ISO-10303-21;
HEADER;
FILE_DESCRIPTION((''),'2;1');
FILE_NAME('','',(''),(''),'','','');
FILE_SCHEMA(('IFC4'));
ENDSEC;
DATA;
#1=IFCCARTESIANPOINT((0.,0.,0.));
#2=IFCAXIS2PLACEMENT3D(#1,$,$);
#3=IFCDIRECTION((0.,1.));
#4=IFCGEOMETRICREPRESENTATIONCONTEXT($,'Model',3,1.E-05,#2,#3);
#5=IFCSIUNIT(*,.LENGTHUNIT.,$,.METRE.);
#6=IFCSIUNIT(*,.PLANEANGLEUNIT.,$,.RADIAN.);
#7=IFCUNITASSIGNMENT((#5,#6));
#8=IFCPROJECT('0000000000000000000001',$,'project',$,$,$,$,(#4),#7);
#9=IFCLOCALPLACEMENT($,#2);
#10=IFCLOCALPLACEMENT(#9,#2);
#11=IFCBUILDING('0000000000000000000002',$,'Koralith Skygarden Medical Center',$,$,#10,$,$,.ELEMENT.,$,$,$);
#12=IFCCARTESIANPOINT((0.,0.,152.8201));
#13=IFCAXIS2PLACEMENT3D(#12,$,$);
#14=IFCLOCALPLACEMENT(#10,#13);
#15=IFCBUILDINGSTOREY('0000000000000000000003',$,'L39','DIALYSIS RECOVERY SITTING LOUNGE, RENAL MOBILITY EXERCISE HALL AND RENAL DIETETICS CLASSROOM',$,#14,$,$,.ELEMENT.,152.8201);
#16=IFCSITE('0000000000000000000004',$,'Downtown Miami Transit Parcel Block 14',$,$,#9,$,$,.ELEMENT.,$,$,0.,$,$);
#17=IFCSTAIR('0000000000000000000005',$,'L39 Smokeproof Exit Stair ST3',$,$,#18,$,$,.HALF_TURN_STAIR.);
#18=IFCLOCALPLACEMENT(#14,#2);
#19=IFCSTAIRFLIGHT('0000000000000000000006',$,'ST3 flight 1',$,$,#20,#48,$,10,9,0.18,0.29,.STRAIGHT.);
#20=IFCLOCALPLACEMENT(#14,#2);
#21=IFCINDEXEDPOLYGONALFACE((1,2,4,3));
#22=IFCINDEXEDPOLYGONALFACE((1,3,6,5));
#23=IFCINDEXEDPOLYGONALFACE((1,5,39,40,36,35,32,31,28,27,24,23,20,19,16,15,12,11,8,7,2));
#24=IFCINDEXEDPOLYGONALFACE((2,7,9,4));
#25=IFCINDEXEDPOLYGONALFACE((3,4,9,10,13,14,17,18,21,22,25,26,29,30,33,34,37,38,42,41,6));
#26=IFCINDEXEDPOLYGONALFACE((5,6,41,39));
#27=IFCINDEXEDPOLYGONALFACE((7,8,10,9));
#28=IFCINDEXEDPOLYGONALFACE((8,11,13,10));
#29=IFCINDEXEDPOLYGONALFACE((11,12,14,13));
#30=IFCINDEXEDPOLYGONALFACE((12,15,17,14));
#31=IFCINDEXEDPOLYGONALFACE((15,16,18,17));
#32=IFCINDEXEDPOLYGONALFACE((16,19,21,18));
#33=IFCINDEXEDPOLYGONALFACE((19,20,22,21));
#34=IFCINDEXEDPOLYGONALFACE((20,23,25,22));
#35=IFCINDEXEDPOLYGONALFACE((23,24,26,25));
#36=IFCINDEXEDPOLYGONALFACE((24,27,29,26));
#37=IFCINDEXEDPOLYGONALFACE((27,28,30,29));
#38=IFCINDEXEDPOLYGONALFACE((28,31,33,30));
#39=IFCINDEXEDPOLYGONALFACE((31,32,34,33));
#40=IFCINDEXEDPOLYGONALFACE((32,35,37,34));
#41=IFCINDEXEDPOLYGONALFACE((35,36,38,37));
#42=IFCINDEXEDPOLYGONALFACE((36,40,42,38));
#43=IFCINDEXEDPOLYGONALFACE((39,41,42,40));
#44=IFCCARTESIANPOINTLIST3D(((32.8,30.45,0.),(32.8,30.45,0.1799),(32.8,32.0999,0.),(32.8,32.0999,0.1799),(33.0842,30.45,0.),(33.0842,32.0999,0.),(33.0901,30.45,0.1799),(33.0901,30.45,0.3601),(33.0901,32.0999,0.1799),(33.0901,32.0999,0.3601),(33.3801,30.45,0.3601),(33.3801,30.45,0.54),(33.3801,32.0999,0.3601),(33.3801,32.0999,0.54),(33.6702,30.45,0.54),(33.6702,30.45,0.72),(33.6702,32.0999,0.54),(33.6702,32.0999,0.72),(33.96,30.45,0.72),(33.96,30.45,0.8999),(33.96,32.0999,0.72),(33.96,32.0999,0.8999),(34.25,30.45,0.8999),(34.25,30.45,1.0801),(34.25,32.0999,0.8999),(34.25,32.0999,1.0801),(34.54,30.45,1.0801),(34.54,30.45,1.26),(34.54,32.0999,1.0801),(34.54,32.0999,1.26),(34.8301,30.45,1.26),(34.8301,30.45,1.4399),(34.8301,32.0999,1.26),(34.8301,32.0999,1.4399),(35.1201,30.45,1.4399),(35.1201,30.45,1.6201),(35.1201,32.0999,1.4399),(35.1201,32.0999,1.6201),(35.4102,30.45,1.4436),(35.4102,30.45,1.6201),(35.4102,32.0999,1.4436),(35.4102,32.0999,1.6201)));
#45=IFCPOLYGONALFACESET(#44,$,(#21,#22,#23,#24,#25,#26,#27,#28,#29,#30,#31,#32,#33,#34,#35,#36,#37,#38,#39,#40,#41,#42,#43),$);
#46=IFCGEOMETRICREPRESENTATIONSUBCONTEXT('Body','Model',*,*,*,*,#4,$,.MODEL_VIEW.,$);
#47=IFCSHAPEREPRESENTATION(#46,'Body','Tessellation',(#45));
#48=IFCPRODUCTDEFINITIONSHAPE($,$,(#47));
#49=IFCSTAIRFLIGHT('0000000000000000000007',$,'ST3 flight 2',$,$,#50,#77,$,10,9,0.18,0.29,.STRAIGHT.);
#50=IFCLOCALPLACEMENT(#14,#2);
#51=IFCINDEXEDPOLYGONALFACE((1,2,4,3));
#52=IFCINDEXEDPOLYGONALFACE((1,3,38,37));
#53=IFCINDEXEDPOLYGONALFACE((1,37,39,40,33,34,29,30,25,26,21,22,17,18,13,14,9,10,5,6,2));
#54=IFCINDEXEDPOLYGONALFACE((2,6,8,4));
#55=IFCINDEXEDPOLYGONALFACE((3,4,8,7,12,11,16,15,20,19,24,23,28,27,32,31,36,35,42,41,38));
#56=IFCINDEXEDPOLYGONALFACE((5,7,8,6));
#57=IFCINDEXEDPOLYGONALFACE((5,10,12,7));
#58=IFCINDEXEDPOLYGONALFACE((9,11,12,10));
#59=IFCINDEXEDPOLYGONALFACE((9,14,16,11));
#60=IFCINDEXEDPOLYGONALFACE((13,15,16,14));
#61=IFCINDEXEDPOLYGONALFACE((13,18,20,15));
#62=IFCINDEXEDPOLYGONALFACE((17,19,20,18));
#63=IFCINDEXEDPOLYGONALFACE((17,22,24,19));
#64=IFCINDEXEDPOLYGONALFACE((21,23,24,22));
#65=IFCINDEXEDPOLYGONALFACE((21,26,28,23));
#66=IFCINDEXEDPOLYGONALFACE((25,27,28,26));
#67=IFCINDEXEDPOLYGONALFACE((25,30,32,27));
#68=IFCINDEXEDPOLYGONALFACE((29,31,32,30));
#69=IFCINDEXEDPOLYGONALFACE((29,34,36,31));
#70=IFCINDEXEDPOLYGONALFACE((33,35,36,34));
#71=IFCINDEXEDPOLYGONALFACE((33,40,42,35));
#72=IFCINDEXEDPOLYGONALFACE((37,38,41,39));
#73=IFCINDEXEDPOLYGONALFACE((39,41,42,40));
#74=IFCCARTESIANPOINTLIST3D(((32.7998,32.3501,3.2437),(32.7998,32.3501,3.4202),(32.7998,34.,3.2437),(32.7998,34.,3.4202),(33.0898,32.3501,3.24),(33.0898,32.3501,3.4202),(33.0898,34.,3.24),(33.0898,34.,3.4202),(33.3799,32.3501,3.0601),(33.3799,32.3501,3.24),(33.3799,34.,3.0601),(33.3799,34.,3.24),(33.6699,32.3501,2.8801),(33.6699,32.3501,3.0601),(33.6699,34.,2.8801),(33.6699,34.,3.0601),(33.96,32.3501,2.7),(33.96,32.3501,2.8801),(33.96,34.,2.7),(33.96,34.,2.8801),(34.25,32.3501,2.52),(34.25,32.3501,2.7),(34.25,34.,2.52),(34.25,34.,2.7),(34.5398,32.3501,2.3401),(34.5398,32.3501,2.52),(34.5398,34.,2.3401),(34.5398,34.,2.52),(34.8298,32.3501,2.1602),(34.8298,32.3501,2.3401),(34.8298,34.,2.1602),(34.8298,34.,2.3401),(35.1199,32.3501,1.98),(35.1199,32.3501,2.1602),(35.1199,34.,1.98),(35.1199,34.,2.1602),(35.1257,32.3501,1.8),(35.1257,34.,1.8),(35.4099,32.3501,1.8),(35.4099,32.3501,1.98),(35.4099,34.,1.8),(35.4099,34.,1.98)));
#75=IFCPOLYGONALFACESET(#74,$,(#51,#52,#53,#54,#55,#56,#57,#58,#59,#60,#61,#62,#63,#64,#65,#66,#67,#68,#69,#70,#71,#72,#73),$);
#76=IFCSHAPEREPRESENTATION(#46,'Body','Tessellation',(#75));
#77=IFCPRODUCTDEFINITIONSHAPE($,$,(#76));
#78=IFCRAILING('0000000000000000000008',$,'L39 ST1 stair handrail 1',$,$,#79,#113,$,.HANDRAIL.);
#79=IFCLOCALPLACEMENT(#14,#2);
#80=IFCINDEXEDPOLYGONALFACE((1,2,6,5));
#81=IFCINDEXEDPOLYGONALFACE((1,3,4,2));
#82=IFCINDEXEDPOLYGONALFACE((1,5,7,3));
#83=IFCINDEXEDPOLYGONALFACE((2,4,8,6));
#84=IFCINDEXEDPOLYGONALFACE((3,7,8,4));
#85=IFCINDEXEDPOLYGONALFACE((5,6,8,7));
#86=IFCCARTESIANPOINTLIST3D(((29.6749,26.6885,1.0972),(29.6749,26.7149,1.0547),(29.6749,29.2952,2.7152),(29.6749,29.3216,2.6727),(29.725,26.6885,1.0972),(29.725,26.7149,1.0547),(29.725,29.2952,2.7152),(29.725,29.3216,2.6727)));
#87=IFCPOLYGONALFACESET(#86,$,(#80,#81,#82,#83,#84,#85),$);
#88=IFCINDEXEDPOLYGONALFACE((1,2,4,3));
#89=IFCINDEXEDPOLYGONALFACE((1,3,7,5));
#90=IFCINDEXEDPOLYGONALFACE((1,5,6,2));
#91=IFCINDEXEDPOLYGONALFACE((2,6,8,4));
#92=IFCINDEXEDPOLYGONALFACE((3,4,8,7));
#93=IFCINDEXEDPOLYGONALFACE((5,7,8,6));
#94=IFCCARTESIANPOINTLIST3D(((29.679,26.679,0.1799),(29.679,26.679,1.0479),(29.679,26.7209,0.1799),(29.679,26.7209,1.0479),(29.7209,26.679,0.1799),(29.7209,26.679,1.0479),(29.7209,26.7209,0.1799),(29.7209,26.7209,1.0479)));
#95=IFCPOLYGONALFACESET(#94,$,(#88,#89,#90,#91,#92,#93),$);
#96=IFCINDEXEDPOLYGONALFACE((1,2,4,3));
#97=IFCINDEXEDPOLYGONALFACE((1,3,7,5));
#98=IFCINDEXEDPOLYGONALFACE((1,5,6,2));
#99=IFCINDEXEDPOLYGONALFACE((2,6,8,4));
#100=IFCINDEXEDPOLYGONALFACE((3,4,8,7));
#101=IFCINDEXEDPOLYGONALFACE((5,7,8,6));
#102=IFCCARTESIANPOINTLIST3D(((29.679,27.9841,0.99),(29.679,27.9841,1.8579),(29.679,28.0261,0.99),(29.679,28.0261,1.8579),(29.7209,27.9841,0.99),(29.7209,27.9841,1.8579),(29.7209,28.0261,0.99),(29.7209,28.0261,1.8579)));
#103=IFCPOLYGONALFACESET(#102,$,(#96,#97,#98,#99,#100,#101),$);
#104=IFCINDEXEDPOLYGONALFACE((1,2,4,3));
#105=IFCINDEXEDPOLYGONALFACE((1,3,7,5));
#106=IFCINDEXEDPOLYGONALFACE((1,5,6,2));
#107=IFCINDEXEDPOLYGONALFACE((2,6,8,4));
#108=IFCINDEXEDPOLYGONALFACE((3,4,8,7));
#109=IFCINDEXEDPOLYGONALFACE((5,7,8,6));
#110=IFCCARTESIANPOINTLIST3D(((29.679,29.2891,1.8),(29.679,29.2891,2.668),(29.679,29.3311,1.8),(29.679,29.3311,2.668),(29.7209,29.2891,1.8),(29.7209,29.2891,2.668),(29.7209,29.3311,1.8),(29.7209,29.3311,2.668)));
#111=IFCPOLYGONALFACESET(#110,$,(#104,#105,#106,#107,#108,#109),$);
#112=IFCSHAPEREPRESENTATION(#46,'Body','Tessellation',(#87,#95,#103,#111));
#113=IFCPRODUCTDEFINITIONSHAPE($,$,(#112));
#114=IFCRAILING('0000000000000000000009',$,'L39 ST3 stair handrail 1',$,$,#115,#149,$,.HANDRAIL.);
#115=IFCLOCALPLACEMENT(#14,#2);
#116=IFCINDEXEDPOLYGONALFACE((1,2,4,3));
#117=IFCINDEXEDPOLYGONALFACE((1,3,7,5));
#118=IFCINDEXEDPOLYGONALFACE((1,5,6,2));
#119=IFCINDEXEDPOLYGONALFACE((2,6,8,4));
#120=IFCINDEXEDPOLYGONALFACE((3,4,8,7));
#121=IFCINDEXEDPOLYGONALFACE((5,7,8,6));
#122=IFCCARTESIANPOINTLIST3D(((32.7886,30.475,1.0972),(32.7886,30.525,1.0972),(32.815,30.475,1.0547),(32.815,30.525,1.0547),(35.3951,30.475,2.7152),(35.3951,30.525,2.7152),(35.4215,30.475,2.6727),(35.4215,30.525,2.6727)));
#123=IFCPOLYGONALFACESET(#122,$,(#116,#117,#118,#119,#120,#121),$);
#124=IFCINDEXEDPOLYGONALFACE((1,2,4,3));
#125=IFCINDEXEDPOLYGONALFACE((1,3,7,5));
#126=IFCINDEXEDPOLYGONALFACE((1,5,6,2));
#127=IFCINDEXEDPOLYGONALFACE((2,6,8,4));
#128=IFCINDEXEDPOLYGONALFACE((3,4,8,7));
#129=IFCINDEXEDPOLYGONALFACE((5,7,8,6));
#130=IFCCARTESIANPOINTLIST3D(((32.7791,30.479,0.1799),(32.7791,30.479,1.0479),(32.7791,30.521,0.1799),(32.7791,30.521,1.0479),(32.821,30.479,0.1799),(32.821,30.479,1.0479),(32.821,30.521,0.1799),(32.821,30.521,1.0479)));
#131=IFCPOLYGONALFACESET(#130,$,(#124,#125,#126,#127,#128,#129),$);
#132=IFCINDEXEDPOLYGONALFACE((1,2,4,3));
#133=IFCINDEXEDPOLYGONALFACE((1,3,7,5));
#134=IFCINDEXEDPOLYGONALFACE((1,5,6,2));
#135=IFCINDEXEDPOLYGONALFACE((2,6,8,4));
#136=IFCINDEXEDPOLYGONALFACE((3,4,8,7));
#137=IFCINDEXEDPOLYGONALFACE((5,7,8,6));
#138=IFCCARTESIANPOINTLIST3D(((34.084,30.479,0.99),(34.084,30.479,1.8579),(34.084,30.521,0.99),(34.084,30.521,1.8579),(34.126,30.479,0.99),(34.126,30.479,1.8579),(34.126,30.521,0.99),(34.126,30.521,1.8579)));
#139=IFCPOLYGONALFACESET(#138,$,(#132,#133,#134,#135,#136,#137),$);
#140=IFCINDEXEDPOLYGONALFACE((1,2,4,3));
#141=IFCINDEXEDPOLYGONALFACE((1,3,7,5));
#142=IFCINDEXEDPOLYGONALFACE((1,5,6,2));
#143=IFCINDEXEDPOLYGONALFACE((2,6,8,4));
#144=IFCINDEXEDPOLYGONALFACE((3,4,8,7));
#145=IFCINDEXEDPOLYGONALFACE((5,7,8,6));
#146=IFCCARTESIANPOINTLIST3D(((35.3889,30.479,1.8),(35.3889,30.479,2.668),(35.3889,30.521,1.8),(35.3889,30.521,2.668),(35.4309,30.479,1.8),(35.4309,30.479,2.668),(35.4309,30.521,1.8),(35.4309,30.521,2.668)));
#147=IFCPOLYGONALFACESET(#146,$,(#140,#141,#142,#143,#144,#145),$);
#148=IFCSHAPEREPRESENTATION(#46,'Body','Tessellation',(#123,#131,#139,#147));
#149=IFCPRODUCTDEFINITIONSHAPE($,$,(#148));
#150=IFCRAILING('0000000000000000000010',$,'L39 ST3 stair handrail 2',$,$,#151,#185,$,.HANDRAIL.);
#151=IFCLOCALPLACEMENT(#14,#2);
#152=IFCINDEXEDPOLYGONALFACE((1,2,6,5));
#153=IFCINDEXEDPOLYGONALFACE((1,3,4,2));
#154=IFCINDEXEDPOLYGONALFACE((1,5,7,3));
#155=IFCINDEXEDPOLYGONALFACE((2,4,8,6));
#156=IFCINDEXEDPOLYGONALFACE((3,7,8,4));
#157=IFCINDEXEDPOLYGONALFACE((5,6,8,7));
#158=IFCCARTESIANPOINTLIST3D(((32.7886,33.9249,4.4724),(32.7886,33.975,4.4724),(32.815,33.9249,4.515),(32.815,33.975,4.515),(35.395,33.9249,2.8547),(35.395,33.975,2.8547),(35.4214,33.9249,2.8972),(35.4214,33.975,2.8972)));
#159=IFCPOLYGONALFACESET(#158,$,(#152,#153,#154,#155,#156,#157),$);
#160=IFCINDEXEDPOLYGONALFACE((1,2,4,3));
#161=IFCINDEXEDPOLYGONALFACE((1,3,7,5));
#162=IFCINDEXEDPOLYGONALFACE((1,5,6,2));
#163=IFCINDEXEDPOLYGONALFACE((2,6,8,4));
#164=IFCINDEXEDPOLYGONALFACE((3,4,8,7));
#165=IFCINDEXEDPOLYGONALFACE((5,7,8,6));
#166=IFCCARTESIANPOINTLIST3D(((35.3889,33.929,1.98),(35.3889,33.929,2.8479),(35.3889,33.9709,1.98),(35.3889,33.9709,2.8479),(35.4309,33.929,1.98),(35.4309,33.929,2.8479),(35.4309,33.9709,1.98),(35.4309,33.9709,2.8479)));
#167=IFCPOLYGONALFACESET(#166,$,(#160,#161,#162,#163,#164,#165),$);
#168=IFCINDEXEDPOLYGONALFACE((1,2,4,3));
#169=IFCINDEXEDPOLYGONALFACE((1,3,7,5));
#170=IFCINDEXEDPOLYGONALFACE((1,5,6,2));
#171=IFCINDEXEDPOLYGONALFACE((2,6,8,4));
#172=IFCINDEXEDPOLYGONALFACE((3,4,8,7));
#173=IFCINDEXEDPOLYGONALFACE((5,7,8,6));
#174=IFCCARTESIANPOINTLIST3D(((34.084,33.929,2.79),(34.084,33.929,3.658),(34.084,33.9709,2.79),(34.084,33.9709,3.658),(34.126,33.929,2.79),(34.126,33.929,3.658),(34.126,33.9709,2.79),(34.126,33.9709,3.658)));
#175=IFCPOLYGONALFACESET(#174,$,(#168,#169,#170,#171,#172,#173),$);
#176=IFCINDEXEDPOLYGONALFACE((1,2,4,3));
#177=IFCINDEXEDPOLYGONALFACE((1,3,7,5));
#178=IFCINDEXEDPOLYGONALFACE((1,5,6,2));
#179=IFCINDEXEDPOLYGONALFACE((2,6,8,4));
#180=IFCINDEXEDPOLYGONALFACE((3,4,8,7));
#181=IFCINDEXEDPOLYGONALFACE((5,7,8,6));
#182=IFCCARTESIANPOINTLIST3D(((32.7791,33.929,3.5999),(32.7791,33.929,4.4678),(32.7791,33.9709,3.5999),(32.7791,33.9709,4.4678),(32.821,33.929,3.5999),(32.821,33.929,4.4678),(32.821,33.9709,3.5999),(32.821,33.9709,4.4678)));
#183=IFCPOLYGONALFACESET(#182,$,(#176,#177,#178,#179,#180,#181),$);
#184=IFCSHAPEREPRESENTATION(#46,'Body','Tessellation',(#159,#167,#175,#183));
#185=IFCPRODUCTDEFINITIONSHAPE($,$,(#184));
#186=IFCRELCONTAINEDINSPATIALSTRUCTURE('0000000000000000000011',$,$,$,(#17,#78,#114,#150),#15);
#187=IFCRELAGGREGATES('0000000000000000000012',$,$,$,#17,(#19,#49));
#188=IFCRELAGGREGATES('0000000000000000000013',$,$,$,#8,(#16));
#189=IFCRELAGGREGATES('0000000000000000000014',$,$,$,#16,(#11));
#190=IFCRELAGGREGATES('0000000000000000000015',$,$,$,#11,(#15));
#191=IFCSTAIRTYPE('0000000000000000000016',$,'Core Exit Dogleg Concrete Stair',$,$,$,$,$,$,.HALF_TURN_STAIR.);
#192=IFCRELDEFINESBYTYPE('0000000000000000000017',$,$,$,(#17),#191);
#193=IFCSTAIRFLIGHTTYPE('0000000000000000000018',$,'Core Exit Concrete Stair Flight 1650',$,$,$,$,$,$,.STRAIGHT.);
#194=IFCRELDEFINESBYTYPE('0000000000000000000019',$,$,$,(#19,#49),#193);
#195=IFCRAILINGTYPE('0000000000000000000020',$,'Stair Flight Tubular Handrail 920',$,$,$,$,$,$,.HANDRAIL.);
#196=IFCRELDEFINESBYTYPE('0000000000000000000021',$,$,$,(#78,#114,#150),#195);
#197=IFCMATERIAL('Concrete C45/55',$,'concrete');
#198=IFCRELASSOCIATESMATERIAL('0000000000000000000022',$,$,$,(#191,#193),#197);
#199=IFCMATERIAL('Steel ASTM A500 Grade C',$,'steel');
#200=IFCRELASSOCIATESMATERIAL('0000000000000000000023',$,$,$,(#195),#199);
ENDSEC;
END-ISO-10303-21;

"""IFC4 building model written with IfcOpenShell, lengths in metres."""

from ifc_helpers import new_model, si_unit, direction, frame, origin, origin_2d, place, context, subcontext, project, spatial, polyline, rectangle, outline, extrude, material, type_object, element, aggregate, save


model = new_model("IFC4")

# Units and contexts
model_context = context("Model", 3, precision=1e-05, world=origin(), true_north=direction((0.0, 1.0)))
body_context = subcontext(model_context, "Body", "Model", "MODEL_VIEW")
ifc_project = project(units=[si_unit("LENGTHUNIT", "METRE"), si_unit("PLANEANGLEUNIT", "RADIAN")], contexts=[model_context])

# Site, building, storey
site_placement = place(None, origin())
site = spatial("IfcSite", under=ifc_project, at=site_placement, Name="Downtown Miami Transit Parcel Block 14", CompositionType="ELEMENT", RefElevation=0.0)
building_placement = place(site_placement, origin())
building = spatial("IfcBuilding", under=site, at=building_placement, Name="Koralith Skygarden Medical Center", CompositionType="ELEMENT")
storey_placement = place(building_placement, frame((0.0, 0.0, 152.8201)))
storey = spatial("IfcBuildingStorey", under=building, at=storey_placement, Name="L39", Description="DIALYSIS RECOVERY SITTING LOUNGE, RENAL MOBILITY EXERCISE HALL AND RENAL DIETETICS CLASSROOM", CompositionType="ELEMENT", Elevation=152.8201)

# Shared definitions
ifc_material_1 = material(Name="Concrete C45/55", Category="concrete")

# Shared definitions
stair_type = type_object("IfcStairType", Name="Core Exit Dogleg Concrete Stair", PredefinedType="HALF_TURN_STAIR", material=ifc_material_1)
stair_flight_type = type_object("IfcStairFlightType", Name="Core Exit Concrete Stair Flight 1650", PredefinedType="STRAIGHT", material=ifc_material_1)

# Stair, stair flights
stair_1_placement = place(storey_placement, origin())
stair_1 = element("IfcStair", 1, at=stair_1_placement, inside=storey, type_object=stair_type, Name="L39 Smokeproof Exit Stair ST3", PredefinedType="HALF_TURN_STAIR")
stair_flight_1_placement = place(storey_placement, frame((32.8, 31.2749, 0.0), z_axis=(0.0, 0.0, 1.0), x_axis=(1.0, 0.0, 0.0)))
stair_flight_1 = element("IfcStairFlight", 2, at=stair_flight_1_placement, type_object=stair_flight_type, Name="ST3 flight 1", NumberOfRisers=10, NumberOfTreads=9, PredefinedType="STRAIGHT", RiserHeight=0.18, TreadLength=0.29, context=body_context, shape_type="SweptSolid", body=[
    extrude(outline(polyline([(0.0, 0.0), (0.0, 0.1799), (0.29, 0.1799), (0.29, 0.3601), (0.5801, 0.3601), (0.5801, 0.54), (0.8701, 0.54), (0.8701, 0.72), (1.1599, 0.72), (1.1599, 0.8999), (1.45, 0.8999), (1.45, 1.0801), (1.74, 1.0801), (1.74, 1.26), (2.03, 1.26), (2.03, 1.4399), (2.3201, 1.4399), (2.3201, 1.6201), (2.6101, 1.6201), (2.6101, 1.8), (2.6101, 1.4436), (0.2842, 0.0), (0.0, 0.0)])), frame((0.0, 0.825, 0.0), z_axis=(0.0, -1.0, 0.0), x_axis=(1.0, 0.0, 0.0)), (0.0, 0.0, 1.0), 1.6499),
])
stair_flight_2_placement = place(storey_placement, frame((35.4099, 33.175, 1.8), z_axis=(0.0, 0.0, 1.0), x_axis=(-1.0, 0.0, 0.0)))
stair_flight_2 = element("IfcStairFlight", 3, at=stair_flight_2_placement, type_object=stair_flight_type, Name="ST3 flight 2", NumberOfRisers=10, NumberOfTreads=9, PredefinedType="STRAIGHT", RiserHeight=0.18, TreadLength=0.29, context=body_context, shape_type="SweptSolid", body=[
    extrude(outline(polyline([(0.0, 0.0), (0.0, 0.1799), (0.29, 0.1799), (0.29, 0.3601), (0.5801, 0.3601), (0.5801, 0.54), (0.8701, 0.54), (0.8701, 0.72), (1.1599, 0.72), (1.1599, 0.8999), (1.45, 0.8999), (1.45, 1.0801), (1.74, 1.0801), (1.74, 1.26), (2.03, 1.26), (2.03, 1.4399), (2.3201, 1.4399), (2.3201, 1.6201), (2.6101, 1.6201), (2.6101, 1.8), (2.6101, 1.4436), (0.2842, 0.0), (0.0, 0.0)])), frame((0.0, 0.825, 0.0), z_axis=(0.0, -1.0, 0.0), x_axis=(1.0, 0.0, 0.0)), (0.0, 0.0, 1.0), 1.6499),
])
aggregate(stair_1, [stair_flight_1, stair_flight_2])

# Railings
ifc_material_2 = material(Name="Steel ASTM A500 Grade C", Category="steel")
railing_type_1 = type_object("IfcRailingType", Name="Stair Flight Tubular Handrail 920", PredefinedType="HANDRAIL", material=ifc_material_2)
railing_1_placement = place(storey_placement, frame((29.7, 26.7, 0.1799)))
element("IfcRailing", 4, at=railing_1_placement, inside=storey, type_object=railing_type_1, Name="L39 ST1 stair handrail 1", PredefinedType="HANDRAIL", context=body_context, shape_type="SweptSolid", body=[
    extrude(rectangle(XDim=0.05, YDim=0.05, at=origin_2d()), frame((0.0, 0.0017, 0.896), z_axis=(0.0, 0.849633, 0.527375), x_axis=(-1.0, 0.0, 0.0)), (0.0, 0.0, 1.0), 3.0681),
    extrude(rectangle(XDim=0.042, YDim=0.042, at=origin_2d()), origin(), (0.0, 0.0, 1.0), 0.8679),
    extrude(rectangle(XDim=0.042, YDim=0.042, at=origin_2d()), frame((0.0, 1.3052, 0.8101)), (0.0, 0.0, 1.0), 0.8679),
    extrude(rectangle(XDim=0.042, YDim=0.042, at=origin_2d()), frame((0.0, 2.6101, 1.6201)), (0.0, 0.0, 1.0), 0.8679),
])
railing_2_placement = place(storey_placement, frame((32.8, 30.5, 0.1799)))
element("IfcRailing", 5, at=railing_2_placement, inside=storey, type_object=railing_type_1, Name="L39 ST3 stair handrail 1", PredefinedType="HANDRAIL", context=body_context, shape_type="SweptSolid", body=[
    extrude(rectangle(XDim=0.05, YDim=0.05, at=origin_2d()), frame((0.0017, 0.0, 0.896), z_axis=(0.849611, 0.0, 0.52741), x_axis=(0.0, 1.0, 0.0)), (0.0, 0.0, 1.0), 3.0679),
    extrude(rectangle(XDim=0.042, YDim=0.042, at=origin_2d()), origin(), (0.0, 0.0, 1.0), 0.8679),
    extrude(rectangle(XDim=0.042, YDim=0.042, at=origin_2d()), frame((1.3049, 0.0, 0.8101)), (0.0, 0.0, 1.0), 0.8679),
    extrude(rectangle(XDim=0.042, YDim=0.042, at=origin_2d()), frame((2.6099, 0.0, 1.6201)), (0.0, 0.0, 1.0), 0.8679),
])
railing_3_placement = place(storey_placement, frame((35.4099, 33.95, 1.98)))
element("IfcRailing", 6, at=railing_3_placement, inside=storey, type_object=railing_type_1, Name="L39 ST3 stair handrail 2", PredefinedType="HANDRAIL", context=body_context, shape_type="SweptSolid", body=[
    extrude(rectangle(XDim=0.05, YDim=0.05, at=origin_2d()), frame((-0.0017, 0.0, 0.896), z_axis=(-0.849646, 0.0, 0.527353), x_axis=(0.0, -1.0, 0.0)), (0.0, 0.0, 1.0), 3.0676),
    extrude(rectangle(XDim=0.042, YDim=0.042, at=origin_2d()), origin(), (0.0, 0.0, 1.0), 0.8679),
    extrude(rectangle(XDim=0.042, YDim=0.042, at=origin_2d()), frame((-1.3049, 0.0, 0.8101)), (0.0, 0.0, 1.0), 0.8679),
    extrude(rectangle(XDim=0.042, YDim=0.042, at=origin_2d()), frame((-2.6099, 0.0, 1.6199)), (0.0, 0.0, 1.0), 0.8679),
])

save(model, "model.ifc")
